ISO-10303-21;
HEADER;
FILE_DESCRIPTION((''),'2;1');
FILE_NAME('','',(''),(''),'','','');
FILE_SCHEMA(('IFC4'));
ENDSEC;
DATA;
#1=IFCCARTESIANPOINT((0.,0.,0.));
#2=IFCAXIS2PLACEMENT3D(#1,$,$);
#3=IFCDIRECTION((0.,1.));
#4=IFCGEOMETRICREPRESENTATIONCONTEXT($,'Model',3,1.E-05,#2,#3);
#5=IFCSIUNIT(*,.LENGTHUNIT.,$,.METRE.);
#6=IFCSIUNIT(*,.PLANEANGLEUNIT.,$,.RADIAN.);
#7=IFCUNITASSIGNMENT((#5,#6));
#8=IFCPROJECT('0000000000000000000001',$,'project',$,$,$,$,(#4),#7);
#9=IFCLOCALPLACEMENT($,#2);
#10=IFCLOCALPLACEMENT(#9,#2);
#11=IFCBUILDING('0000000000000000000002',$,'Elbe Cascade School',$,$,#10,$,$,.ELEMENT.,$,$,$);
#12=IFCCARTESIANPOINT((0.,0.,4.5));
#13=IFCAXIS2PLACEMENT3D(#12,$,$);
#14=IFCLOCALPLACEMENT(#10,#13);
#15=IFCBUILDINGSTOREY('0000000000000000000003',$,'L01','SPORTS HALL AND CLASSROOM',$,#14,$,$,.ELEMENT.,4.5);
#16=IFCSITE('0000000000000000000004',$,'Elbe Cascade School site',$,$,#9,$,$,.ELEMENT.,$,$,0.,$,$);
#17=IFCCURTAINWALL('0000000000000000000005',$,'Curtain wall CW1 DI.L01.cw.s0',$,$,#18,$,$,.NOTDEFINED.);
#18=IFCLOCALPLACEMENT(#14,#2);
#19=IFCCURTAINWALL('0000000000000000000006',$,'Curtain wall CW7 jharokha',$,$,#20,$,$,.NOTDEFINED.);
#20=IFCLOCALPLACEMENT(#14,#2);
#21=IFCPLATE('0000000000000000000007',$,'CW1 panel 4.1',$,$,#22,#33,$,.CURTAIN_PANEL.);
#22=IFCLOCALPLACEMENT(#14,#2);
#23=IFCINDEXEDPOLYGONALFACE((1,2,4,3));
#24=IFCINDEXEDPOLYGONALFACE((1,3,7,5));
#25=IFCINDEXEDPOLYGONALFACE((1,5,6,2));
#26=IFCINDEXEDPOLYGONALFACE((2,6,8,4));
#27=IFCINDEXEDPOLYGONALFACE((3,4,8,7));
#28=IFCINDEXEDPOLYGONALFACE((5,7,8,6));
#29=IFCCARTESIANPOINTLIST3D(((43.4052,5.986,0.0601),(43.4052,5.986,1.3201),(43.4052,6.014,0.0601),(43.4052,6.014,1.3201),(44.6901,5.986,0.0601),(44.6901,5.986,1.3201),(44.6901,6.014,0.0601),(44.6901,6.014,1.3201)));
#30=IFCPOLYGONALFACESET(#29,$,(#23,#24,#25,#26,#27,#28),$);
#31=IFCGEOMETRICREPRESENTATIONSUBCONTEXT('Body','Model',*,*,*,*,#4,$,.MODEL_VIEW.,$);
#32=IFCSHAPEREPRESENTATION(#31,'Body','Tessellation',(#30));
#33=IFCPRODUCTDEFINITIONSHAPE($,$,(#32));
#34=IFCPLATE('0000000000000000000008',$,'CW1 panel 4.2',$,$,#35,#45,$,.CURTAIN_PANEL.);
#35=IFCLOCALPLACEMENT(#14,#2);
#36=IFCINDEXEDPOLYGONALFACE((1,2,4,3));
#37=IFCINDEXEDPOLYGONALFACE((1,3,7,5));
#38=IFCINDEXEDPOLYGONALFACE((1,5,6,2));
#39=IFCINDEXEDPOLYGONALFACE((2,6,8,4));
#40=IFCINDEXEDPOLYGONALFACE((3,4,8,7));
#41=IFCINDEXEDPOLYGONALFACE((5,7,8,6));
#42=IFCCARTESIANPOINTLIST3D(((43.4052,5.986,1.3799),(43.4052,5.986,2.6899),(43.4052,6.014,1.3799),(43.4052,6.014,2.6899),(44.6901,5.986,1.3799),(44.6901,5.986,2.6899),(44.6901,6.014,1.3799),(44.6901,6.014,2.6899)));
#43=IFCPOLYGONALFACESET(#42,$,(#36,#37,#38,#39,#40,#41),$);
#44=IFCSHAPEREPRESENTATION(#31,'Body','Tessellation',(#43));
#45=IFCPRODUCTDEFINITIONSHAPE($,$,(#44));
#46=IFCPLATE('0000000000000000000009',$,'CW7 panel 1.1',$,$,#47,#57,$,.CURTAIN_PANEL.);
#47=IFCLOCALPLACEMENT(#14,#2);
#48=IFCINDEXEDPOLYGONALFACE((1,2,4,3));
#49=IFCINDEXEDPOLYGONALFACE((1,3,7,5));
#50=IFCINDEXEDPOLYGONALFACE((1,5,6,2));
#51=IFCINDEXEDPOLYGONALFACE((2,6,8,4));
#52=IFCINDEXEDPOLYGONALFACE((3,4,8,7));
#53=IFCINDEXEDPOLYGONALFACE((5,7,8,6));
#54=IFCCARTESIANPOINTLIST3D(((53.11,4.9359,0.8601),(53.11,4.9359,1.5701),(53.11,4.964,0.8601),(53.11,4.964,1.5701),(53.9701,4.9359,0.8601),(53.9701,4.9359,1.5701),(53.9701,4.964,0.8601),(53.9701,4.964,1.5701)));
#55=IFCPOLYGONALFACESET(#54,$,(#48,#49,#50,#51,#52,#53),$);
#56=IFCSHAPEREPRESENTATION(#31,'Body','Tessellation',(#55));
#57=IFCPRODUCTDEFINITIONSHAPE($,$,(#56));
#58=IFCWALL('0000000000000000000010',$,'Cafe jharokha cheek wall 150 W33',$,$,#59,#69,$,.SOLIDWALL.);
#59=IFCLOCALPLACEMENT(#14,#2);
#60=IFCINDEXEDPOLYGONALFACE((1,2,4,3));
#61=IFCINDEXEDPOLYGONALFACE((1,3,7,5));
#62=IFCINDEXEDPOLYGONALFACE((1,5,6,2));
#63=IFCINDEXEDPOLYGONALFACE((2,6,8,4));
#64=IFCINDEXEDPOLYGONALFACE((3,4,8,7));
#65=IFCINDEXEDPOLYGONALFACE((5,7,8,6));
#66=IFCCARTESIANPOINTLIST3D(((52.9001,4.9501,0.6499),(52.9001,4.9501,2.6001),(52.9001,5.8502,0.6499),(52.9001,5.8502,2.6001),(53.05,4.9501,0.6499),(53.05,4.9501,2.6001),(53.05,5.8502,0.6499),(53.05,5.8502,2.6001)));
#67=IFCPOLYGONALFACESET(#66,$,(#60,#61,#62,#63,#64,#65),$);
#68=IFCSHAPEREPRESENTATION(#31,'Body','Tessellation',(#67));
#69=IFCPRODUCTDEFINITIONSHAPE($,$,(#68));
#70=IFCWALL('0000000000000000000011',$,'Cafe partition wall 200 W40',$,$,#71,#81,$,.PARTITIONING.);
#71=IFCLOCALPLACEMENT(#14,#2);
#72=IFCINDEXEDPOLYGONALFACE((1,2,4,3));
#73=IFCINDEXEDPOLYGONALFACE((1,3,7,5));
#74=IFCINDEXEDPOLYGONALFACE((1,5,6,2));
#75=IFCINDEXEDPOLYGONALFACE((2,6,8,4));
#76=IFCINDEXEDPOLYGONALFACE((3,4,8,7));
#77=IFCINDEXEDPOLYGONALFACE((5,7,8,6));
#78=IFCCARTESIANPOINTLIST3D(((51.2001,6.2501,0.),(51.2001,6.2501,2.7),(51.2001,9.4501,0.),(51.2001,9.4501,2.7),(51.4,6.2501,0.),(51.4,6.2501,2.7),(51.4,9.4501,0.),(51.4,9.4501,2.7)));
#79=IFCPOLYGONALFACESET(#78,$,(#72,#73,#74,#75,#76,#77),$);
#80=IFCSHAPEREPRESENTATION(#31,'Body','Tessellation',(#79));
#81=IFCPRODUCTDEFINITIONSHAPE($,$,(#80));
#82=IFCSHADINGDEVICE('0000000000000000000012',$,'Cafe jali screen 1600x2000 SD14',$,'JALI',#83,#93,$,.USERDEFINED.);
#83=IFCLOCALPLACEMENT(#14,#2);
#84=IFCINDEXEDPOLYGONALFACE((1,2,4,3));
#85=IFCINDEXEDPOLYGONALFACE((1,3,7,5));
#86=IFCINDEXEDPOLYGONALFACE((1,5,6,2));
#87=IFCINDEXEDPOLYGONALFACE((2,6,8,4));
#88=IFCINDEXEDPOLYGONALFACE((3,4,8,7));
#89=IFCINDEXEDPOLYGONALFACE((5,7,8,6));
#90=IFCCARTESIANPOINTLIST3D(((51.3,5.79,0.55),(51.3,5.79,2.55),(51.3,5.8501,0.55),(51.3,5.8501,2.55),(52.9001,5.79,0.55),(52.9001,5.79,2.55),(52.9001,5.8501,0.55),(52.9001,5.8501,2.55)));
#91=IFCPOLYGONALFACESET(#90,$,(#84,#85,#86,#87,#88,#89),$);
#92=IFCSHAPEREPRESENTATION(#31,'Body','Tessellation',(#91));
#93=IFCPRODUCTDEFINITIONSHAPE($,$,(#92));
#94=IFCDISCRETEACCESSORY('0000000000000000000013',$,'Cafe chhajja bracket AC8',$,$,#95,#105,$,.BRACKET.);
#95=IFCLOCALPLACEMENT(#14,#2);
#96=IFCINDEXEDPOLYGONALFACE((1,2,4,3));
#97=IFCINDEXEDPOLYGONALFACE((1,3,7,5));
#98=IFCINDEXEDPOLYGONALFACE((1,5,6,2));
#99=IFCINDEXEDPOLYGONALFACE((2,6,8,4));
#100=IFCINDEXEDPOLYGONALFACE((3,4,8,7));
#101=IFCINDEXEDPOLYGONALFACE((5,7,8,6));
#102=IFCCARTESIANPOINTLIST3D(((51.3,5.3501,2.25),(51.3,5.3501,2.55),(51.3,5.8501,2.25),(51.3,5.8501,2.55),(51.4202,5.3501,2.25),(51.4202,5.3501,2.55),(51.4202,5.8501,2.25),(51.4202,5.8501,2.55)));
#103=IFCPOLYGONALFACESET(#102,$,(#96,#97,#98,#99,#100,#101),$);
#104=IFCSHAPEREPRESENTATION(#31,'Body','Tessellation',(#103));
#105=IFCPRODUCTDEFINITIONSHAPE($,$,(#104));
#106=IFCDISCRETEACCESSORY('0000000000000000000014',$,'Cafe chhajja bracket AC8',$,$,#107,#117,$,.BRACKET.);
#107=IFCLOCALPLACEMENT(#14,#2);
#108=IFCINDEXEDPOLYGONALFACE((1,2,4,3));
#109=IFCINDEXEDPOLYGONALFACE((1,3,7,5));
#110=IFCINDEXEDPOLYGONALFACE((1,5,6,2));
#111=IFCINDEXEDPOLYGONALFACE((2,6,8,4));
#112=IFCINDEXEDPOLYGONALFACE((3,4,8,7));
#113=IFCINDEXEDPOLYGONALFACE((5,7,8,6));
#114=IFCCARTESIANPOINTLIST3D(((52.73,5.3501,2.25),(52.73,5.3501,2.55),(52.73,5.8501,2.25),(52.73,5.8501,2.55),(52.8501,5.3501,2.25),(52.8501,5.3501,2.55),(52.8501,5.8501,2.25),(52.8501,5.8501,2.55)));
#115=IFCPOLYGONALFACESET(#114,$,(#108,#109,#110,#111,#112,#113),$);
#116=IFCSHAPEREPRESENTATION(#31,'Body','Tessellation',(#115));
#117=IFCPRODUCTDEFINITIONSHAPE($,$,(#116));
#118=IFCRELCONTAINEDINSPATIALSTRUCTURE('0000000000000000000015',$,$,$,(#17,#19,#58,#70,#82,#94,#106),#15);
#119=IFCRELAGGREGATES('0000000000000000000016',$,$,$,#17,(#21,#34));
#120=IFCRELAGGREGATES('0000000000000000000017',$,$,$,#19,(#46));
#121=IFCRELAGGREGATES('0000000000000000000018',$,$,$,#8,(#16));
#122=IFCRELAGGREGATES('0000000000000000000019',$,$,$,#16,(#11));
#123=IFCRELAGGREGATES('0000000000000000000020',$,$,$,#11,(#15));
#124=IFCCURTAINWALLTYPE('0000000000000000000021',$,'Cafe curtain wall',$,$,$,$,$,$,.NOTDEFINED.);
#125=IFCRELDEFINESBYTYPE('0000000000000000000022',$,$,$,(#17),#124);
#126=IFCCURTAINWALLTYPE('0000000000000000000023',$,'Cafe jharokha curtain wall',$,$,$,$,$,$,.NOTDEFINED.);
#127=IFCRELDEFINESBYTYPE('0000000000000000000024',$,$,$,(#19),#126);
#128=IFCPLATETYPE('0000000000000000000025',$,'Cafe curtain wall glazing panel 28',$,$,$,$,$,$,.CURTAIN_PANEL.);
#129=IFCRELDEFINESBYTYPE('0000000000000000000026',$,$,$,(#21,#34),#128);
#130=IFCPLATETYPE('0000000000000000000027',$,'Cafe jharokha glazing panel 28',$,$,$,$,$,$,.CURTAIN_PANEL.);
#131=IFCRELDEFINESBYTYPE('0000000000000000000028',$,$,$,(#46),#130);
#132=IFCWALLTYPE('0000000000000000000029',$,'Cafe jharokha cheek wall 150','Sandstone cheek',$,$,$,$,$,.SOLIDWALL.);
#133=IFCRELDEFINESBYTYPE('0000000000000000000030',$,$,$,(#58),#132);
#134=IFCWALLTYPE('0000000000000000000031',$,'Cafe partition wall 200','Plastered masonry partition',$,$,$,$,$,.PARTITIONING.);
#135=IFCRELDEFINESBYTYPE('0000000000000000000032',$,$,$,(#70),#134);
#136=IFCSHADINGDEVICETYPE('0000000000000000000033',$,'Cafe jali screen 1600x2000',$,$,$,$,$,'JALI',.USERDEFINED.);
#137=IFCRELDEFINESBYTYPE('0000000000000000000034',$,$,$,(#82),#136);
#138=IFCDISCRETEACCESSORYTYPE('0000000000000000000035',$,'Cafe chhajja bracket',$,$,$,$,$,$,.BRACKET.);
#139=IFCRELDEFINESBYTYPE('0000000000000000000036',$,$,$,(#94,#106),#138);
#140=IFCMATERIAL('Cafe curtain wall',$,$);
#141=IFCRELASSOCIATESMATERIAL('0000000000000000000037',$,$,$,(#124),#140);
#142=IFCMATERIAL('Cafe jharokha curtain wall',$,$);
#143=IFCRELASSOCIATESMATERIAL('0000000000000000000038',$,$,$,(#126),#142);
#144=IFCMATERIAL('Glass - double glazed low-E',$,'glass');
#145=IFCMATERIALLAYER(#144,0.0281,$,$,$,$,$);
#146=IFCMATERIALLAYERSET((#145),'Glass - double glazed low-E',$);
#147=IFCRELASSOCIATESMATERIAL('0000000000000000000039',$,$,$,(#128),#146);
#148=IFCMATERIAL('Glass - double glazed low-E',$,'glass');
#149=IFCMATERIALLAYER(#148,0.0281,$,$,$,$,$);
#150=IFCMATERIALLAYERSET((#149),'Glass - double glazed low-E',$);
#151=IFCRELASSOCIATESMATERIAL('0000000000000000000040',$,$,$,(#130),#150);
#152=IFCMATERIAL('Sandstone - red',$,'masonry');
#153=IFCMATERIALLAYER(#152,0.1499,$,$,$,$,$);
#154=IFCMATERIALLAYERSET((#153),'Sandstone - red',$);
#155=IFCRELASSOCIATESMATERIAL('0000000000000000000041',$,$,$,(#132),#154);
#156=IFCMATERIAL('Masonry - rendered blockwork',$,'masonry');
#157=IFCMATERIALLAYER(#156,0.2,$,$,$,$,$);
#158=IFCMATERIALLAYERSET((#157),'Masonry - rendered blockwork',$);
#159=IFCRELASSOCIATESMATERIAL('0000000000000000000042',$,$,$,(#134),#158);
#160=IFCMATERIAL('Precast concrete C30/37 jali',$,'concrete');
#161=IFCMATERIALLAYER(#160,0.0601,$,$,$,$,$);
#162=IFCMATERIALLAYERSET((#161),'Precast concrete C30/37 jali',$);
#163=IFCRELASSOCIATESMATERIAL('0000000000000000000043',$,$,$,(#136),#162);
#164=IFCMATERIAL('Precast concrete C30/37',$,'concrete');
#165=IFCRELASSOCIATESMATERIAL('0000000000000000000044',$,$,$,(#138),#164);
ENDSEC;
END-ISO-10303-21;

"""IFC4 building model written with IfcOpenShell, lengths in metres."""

from ifc_helpers import new_model, si_unit, direction, frame, frame_2d, origin, origin_2d, place, context, subcontext, project, spatial, rectangle, extrude, material, layer, layer_set, type_object, element, aggregate, save


model = new_model("IFC4")

# Units and contexts
model_context = context("Model", 3, precision=1e-05, world=origin(), true_north=direction((0.0, 1.0)))
body_context = subcontext(model_context, "Body", "Model", "MODEL_VIEW")
ifc_project = project(units=[si_unit("LENGTHUNIT", "METRE"), si_unit("PLANEANGLEUNIT", "RADIAN")], contexts=[model_context])

# Site, building, storey
site_placement = place(None, origin())
site = spatial("IfcSite", under=ifc_project, at=site_placement, Name="Elbe Cascade School site", CompositionType="ELEMENT", RefElevation=0.0)
building_placement = place(site_placement, origin())
building = spatial("IfcBuilding", under=site, at=building_placement, Name="Elbe Cascade School", CompositionType="ELEMENT")
storey_placement = place(building_placement, frame((0.0, 0.0, 4.5)))
storey = spatial("IfcBuildingStorey", under=building, at=storey_placement, Name="L01", Description="SPORTS HALL AND CLASSROOM", CompositionType="ELEMENT", Elevation=4.5)

# Curtain wall
ifc_material_1 = material(Name="Cafe curtain wall")
curtain_wall_type_1 = type_object("IfcCurtainWallType", Name="Cafe curtain wall", PredefinedType="NOTDEFINED", material=ifc_material_1)
curtain_wall_1_placement = place(storey_placement, origin())
curtain_wall_1 = element("IfcCurtainWall", 1, at=curtain_wall_1_placement, inside=storey, type_object=curtain_wall_type_1, Name="Curtain wall CW1 DI.L01.cw.s0", PredefinedType="NOTDEFINED")

# Curtain wall
ifc_material_2 = material(Name="Cafe jharokha curtain wall")
curtain_wall_type_2 = type_object("IfcCurtainWallType", Name="Cafe jharokha curtain wall", PredefinedType="NOTDEFINED", material=ifc_material_2)
curtain_wall_2_placement = place(storey_placement, origin())
curtain_wall_2 = element("IfcCurtainWall", 2, at=curtain_wall_2_placement, inside=storey, type_object=curtain_wall_type_2, Name="Curtain wall CW7 jharokha", PredefinedType="NOTDEFINED")

# Plates
ifc_material_3 = material(Name="Glass - double glazed low-E", Category="glass")
ifc_layer_1 = layer(ifc_material_3, 0.0281)
ifc_layer_set_1 = layer_set([ifc_layer_1], Name="Glass - double glazed low-E")
plate_type_1 = type_object("IfcPlateType", Name="Cafe curtain wall glazing panel 28", PredefinedType="CURTAIN_PANEL", material=ifc_layer_set_1)
plate_1_placement = place(storey_placement, frame((44.0476, 6.0, 0.0601), z_axis=(0.0, 0.0, 1.0), x_axis=(1.0, 0.0, 0.0)))
plate_1 = element("IfcPlate", 3, at=plate_1_placement, type_object=plate_type_1, Name="CW1 panel 4.1", PredefinedType="CURTAIN_PANEL", context=body_context, shape_type="SweptSolid", body=[
    extrude(rectangle(XDim=1.2849, YDim=0.0281, at=origin_2d()), origin(), (0.0, 0.0, 1.0), 1.26),
])
plate_2_placement = place(storey_placement, frame((44.0476, 6.0, 1.3799), z_axis=(0.0, 0.0, 1.0), x_axis=(1.0, 0.0, 0.0)))
plate_2 = element("IfcPlate", 4, at=plate_2_placement, type_object=plate_type_1, Name="CW1 panel 4.2", PredefinedType="CURTAIN_PANEL", context=body_context, shape_type="SweptSolid", body=[
    extrude(rectangle(XDim=1.2849, YDim=0.0281, at=origin_2d()), origin(), (0.0, 0.0, 1.0), 1.3101),
])
aggregate(curtain_wall_1, [plate_1, plate_2])
ifc_material_4 = material(Name="Glass - double glazed low-E", Category="glass")
ifc_layer_2 = layer(ifc_material_4, 0.0281)
ifc_layer_set_2 = layer_set([ifc_layer_2], Name="Glass - double glazed low-E")
plate_type_2 = type_object("IfcPlateType", Name="Cafe jharokha glazing panel 28", PredefinedType="CURTAIN_PANEL", material=ifc_layer_set_2)
plate_3_placement = place(storey_placement, frame((53.54, 4.95, 0.8601), z_axis=(0.0, 0.0, 1.0), x_axis=(1.0, 0.0, 0.0)))
plate_3 = element("IfcPlate", 5, at=plate_3_placement, type_object=plate_type_2, Name="CW7 panel 1.1", PredefinedType="CURTAIN_PANEL", context=body_context, shape_type="SweptSolid", body=[
    extrude(rectangle(XDim=0.8601, YDim=0.0281, at=origin_2d()), origin(), (0.0, 0.0, 1.0), 0.71),
])
aggregate(curtain_wall_2, [plate_3])

# Walls
ifc_material_5 = material(Name="Sandstone - red", Category="masonry")
ifc_layer_3 = layer(ifc_material_5, 0.1499)
ifc_layer_set_3 = layer_set([ifc_layer_3], Name="Sandstone - red")
wall_type_1 = type_object("IfcWallType", Name="Cafe jharokha cheek wall 150", Description="Sandstone cheek", PredefinedType="SOLIDWALL", material=ifc_layer_set_3)
wall_1_placement = place(storey_placement, frame((52.9751, 4.95, 0.6499), z_axis=(0.0, 0.0, 1.0), x_axis=(0.0, 1.0, 0.0)))
element("IfcWall", 6, at=wall_1_placement, inside=storey, type_object=wall_type_1, Name="Cafe jharokha cheek wall 150 W33", PredefinedType="SOLIDWALL", context=body_context, shape_type="SweptSolid", body=[
    extrude(rectangle(XDim=0.9001, YDim=0.1499, at=frame_2d((0.4502, 0.0))), origin(), (0.0, 0.0, 1.0), 1.9502),
])
ifc_material_6 = material(Name="Masonry - rendered blockwork", Category="masonry")
ifc_layer_4 = layer(ifc_material_6, 0.2)
ifc_layer_set_4 = layer_set([ifc_layer_4], Name="Masonry - rendered blockwork")
wall_type_2 = type_object("IfcWallType", Name="Cafe partition wall 200", Description="Plastered masonry partition", PredefinedType="PARTITIONING", material=ifc_layer_set_4)
wall_2_placement = place(storey_placement, frame((51.3, 6.25, 0.0), z_axis=(0.0, 0.0, 1.0), x_axis=(0.0, 1.0, 0.0)))
element("IfcWall", 7, at=wall_2_placement, inside=storey, type_object=wall_type_2, Name="Cafe partition wall 200 W40", PredefinedType="PARTITIONING", context=body_context, shape_type="SweptSolid", body=[
    extrude(rectangle(XDim=3.2, YDim=0.2, at=frame_2d((1.6001, 0.0))), origin(), (0.0, 0.0, 1.0), 2.7),
])

# Shading device
ifc_material_7 = material(Name="Precast concrete C30/37 jali", Category="concrete")
ifc_layer_5 = layer(ifc_material_7, 0.0601)
ifc_layer_set_5 = layer_set([ifc_layer_5], Name="Precast concrete C30/37 jali")
shading_device_type = type_object("IfcShadingDeviceType", Name="Cafe jali screen 1600x2000", ElementType="JALI", PredefinedType="USERDEFINED", material=ifc_layer_set_5)
shading_device_placement = place(storey_placement, frame((52.1001, 5.8201, 0.55), z_axis=(0.0, 0.0, 1.0), x_axis=(1.0, 0.0, 0.0)))
element("IfcShadingDevice", 8, at=shading_device_placement, inside=storey, type_object=shading_device_type, Name="Cafe jali screen 1600x2000 SD14", ObjectType="JALI", PredefinedType="USERDEFINED", context=body_context, shape_type="SweptSolid", body=[
    extrude(rectangle(XDim=1.6001, YDim=0.0601, at=origin_2d()), origin(), (0.0, 0.0, 1.0), 2.0),
])

# Discrete accessories
ifc_material_8 = material(Name="Precast concrete C30/37", Category="concrete")
discrete_accessory_type = type_object("IfcDiscreteAccessoryType", Name="Cafe chhajja bracket", PredefinedType="BRACKET", material=ifc_material_8)
for number, where, z_axis, x_axis, name in (
    (9, (51.3601, 5.6001, 2.25), (0.0, 0.0, 1.0), (1.0, 0.0, 0.0), "Cafe chhajja bracket AC8"),
    (10, (52.79, 5.6001, 2.25), (0.0, 0.0, 1.0), (1.0, 0.0, 0.0), "Cafe chhajja bracket AC8"),
):
    element("IfcDiscreteAccessory", number, at=place(storey_placement, frame(where, z_axis=z_axis, x_axis=x_axis)), inside=storey, type_object=discrete_accessory_type, Name=name, PredefinedType="BRACKET", context=body_context, shape_type="SweptSolid", body=[
        extrude(rectangle(XDim=0.1201, YDim=0.5, at=origin_2d()), origin(), (0.0, 0.0, 1.0), 0.3),
    ])

save(model, "model.ifc")
